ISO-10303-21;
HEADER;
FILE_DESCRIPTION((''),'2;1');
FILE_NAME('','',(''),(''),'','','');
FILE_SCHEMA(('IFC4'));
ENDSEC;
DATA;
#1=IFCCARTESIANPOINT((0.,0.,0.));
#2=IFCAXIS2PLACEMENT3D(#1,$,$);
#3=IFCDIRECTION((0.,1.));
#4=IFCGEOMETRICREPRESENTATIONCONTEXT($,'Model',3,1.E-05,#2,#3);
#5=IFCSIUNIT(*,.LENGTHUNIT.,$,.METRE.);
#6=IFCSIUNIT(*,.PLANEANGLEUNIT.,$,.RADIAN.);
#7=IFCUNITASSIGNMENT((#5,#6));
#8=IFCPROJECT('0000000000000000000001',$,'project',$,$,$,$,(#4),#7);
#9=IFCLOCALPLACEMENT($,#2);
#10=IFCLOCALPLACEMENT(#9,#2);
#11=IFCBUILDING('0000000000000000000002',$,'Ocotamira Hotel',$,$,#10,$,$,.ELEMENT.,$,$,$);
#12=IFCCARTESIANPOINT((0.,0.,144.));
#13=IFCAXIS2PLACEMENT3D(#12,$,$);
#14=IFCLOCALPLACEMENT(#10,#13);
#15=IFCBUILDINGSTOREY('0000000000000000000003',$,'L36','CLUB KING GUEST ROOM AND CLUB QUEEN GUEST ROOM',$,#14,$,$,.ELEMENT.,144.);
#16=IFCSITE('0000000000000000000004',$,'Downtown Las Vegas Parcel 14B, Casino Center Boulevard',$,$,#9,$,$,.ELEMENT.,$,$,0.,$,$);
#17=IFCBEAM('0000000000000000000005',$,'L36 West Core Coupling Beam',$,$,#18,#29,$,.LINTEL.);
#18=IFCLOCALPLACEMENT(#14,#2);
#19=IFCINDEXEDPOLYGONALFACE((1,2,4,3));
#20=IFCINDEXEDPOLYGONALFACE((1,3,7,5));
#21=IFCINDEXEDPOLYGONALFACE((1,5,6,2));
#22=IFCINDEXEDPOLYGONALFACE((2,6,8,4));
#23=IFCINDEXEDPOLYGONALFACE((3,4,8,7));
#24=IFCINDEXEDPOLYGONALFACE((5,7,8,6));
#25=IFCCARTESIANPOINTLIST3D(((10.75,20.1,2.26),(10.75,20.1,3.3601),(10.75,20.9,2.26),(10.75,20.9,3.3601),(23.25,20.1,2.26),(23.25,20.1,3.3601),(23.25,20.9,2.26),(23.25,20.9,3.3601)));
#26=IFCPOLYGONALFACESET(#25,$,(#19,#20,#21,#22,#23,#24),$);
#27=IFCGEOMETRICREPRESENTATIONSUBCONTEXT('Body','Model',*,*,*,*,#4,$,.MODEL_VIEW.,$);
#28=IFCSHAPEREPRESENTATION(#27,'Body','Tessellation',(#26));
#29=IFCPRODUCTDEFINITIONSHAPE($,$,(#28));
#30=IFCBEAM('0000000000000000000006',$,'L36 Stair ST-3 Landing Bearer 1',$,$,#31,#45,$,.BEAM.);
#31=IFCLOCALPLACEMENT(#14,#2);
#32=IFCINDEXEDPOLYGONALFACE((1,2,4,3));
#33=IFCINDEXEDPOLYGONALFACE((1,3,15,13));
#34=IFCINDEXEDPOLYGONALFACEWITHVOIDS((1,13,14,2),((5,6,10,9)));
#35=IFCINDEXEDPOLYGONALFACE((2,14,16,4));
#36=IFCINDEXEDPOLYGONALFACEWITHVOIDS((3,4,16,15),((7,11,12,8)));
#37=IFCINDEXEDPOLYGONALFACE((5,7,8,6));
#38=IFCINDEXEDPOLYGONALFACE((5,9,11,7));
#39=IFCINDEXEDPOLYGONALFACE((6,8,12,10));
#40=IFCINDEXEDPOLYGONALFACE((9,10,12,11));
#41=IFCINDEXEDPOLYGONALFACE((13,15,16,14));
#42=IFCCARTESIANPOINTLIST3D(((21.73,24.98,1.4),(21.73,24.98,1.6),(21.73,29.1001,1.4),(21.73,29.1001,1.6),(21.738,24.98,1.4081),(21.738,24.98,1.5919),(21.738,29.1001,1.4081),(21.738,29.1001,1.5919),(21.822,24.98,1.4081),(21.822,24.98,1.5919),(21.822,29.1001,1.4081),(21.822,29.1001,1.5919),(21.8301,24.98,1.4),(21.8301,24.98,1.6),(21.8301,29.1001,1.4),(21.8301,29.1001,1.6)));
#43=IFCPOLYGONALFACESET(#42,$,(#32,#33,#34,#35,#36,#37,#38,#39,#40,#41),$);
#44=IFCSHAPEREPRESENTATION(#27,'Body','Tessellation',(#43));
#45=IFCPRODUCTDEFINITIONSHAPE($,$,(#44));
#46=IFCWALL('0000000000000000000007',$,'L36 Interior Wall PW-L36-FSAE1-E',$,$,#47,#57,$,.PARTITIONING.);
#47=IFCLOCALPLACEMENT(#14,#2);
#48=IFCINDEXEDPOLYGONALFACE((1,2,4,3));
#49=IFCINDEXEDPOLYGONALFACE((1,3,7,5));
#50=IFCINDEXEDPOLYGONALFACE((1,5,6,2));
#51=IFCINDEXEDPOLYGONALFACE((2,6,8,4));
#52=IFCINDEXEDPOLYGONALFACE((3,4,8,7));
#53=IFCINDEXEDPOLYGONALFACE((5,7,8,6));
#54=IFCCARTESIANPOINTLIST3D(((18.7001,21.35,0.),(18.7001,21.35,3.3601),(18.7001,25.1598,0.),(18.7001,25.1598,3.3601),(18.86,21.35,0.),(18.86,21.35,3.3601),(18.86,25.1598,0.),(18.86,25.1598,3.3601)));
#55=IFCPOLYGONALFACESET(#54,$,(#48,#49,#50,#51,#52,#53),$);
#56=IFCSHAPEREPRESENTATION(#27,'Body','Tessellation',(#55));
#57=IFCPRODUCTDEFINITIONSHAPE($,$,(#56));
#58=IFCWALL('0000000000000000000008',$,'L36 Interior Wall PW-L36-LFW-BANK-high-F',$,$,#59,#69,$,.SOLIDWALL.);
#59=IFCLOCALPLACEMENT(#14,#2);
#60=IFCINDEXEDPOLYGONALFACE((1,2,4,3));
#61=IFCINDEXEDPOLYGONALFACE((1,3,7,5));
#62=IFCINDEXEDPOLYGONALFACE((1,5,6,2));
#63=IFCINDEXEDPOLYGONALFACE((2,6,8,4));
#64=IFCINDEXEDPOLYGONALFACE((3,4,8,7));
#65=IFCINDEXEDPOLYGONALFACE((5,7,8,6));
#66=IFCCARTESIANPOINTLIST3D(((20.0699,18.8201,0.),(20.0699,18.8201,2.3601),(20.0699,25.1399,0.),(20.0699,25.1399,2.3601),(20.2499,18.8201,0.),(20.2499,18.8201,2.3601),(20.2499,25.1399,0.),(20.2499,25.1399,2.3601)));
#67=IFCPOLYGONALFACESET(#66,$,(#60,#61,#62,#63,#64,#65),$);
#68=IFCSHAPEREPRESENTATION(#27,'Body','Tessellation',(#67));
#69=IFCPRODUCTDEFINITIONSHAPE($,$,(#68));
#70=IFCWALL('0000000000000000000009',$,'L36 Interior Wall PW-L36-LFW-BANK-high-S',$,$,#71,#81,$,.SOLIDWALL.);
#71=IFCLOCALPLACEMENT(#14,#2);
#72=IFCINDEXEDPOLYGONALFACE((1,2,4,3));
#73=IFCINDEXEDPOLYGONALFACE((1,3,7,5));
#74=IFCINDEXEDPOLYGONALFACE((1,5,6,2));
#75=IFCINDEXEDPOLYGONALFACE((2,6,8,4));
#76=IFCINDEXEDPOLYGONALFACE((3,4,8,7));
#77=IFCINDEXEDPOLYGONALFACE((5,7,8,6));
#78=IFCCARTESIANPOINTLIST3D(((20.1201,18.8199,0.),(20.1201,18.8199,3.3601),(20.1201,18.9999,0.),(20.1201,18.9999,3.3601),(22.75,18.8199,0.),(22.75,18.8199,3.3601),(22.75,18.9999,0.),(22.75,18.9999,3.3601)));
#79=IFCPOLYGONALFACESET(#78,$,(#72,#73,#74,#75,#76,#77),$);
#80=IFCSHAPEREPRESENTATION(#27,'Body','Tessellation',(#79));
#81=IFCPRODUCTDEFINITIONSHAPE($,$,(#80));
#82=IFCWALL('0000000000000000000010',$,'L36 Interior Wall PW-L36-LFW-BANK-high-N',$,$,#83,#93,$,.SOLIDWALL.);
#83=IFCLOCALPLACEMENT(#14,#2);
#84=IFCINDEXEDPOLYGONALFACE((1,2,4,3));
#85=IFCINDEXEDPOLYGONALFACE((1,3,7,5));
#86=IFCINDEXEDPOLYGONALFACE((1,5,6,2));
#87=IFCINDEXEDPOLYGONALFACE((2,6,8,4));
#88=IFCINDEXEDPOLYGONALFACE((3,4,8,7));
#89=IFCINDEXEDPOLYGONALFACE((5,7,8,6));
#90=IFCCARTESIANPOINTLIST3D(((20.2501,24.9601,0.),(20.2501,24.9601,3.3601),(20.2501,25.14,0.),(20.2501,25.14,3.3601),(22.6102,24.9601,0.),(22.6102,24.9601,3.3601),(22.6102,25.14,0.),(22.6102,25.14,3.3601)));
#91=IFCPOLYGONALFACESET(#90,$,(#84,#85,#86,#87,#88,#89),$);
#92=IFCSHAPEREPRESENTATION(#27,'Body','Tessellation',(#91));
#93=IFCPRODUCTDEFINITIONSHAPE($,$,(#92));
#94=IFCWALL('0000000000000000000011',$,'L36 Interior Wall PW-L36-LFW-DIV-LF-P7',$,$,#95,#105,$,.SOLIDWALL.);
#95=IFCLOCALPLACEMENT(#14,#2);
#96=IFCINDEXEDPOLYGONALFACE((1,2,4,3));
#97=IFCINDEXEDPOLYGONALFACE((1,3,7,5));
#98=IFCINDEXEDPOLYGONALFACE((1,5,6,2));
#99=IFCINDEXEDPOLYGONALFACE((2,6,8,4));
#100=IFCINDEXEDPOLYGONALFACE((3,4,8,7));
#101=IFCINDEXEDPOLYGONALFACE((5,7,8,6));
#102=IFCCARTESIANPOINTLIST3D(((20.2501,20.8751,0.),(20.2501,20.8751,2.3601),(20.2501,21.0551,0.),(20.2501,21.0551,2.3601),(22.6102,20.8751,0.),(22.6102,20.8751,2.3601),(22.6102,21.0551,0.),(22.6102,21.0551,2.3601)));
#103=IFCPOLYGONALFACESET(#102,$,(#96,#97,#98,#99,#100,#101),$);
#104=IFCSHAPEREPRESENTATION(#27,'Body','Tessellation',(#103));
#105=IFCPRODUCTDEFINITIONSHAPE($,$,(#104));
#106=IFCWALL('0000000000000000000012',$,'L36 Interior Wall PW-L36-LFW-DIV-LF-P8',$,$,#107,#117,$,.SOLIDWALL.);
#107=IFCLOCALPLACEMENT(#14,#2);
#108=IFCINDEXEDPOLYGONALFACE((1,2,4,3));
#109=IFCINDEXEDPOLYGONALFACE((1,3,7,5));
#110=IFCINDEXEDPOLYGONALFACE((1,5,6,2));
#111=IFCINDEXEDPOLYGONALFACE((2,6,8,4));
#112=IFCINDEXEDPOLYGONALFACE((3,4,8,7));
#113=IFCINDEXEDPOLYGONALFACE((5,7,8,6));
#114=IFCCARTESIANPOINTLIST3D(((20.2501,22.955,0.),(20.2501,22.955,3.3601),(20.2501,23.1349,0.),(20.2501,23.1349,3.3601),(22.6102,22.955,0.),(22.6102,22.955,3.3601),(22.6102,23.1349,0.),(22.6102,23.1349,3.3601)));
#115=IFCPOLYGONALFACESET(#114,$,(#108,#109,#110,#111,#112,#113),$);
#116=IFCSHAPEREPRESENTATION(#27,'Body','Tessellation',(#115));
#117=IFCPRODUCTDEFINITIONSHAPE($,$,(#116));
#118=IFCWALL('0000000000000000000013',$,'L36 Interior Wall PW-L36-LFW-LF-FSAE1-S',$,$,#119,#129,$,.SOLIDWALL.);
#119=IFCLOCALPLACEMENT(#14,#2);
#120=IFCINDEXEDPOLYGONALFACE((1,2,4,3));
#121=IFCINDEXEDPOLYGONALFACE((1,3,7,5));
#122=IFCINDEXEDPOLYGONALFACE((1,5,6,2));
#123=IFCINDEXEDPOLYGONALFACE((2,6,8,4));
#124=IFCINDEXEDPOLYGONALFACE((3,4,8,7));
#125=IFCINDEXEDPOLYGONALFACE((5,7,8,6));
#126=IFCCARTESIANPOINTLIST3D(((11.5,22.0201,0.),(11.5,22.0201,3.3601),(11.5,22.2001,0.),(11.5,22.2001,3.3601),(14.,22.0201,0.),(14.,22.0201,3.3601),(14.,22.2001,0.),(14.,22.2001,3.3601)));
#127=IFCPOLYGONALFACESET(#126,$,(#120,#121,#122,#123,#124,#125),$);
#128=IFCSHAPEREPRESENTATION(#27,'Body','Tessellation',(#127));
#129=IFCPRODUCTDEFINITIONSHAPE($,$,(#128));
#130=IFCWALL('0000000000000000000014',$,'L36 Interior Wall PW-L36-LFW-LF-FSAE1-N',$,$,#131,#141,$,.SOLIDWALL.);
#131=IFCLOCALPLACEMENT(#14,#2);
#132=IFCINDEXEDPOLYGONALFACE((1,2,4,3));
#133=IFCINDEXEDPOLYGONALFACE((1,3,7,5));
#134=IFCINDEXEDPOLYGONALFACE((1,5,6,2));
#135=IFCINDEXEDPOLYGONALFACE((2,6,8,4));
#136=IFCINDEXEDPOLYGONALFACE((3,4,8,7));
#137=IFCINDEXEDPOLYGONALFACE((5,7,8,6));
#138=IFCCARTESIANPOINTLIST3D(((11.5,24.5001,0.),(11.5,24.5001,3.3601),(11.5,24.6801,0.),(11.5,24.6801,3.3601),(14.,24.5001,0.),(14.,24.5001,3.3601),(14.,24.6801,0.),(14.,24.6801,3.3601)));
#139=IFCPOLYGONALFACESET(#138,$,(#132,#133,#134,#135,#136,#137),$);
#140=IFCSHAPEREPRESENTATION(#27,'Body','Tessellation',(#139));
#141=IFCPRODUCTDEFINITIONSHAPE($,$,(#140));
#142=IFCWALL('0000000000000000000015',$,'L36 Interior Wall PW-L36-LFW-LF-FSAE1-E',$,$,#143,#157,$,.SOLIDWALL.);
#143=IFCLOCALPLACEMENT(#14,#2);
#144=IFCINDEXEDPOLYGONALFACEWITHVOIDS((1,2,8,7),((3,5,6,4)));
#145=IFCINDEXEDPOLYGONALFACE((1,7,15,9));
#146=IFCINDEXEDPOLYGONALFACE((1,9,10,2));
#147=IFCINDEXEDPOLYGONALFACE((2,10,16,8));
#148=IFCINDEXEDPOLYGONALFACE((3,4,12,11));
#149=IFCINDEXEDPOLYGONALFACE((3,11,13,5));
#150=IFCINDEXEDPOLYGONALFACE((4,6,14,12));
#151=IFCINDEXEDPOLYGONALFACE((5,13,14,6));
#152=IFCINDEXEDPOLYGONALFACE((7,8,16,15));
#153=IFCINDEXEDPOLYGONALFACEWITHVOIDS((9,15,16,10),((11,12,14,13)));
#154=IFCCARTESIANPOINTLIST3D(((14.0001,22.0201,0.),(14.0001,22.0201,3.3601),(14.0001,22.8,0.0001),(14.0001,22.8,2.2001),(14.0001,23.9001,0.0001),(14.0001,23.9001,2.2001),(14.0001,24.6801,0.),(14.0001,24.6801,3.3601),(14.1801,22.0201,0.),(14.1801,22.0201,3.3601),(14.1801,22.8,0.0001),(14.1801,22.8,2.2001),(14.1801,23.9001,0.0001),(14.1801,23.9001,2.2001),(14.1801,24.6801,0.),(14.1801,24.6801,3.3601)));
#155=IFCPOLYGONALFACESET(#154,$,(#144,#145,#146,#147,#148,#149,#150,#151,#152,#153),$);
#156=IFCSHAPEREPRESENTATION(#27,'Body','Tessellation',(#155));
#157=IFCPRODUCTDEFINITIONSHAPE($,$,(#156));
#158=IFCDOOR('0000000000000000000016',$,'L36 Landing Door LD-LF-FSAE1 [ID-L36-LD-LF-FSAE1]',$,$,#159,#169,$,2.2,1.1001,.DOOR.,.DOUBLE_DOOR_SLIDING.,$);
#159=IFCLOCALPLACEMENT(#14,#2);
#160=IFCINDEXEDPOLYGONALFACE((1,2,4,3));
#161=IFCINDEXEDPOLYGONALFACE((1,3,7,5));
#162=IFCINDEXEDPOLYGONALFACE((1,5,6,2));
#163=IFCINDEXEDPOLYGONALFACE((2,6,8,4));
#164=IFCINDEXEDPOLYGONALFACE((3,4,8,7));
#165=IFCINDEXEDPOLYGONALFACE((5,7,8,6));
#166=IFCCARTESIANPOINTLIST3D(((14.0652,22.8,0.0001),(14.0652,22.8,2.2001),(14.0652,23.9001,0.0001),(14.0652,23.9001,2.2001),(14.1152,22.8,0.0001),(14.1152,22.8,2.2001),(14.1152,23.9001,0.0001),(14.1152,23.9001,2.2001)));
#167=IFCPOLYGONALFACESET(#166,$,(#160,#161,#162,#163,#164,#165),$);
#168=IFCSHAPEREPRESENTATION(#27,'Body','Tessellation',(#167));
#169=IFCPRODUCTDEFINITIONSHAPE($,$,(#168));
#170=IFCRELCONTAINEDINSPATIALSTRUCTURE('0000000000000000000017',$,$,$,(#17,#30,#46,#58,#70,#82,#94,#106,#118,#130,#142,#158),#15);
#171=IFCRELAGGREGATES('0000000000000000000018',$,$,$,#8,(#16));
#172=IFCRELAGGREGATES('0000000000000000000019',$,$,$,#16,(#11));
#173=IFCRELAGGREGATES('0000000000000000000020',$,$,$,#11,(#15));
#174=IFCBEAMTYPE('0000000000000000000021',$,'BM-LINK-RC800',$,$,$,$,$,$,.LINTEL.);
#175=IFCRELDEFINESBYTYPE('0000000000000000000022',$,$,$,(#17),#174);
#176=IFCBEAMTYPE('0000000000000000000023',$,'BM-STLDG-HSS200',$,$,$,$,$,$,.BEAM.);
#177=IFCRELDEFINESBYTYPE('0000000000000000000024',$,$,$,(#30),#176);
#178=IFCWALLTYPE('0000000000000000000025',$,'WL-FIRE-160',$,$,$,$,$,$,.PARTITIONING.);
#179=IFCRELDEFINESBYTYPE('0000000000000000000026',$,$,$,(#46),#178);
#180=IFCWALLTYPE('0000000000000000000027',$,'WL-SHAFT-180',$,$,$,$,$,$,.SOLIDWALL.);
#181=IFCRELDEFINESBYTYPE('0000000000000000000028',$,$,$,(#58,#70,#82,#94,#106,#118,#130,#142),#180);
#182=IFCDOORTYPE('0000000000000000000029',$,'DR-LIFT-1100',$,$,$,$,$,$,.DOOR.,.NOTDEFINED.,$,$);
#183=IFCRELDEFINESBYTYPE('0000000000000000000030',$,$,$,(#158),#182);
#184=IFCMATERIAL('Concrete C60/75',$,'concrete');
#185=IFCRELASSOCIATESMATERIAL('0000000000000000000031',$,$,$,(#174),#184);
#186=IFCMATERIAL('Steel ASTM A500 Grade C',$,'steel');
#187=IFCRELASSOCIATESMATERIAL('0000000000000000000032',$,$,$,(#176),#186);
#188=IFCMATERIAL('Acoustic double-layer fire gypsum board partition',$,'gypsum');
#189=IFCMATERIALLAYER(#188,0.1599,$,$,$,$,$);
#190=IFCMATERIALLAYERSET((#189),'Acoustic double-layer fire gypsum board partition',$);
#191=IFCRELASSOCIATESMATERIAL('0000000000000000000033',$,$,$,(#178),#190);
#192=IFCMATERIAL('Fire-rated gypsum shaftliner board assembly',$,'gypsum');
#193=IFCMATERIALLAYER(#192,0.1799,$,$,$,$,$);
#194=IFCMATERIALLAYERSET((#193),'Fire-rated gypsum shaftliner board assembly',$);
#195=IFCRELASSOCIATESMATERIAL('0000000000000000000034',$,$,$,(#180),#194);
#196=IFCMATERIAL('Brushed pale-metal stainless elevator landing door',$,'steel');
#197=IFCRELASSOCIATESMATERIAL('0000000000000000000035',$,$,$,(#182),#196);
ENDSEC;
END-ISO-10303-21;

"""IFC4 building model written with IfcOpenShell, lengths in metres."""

from ifc_helpers import new_model, si_unit, direction, frame, frame_2d, origin, origin_2d, place, context, subcontext, project, spatial, rectangle, hollow_rectangle, extrude, source, transform, mapped, material, layer, layer_set, material_profile, profile_set, type_object, element, fill, save


model = new_model("IFC4")

# Units and contexts
model_context = context("Model", 3, precision=1e-05, world=origin(), true_north=direction((0.0, 1.0)))
body_context = subcontext(model_context, "Body", "Model", "MODEL_VIEW")
ifc_project = project(units=[si_unit("LENGTHUNIT", "METRE"), si_unit("PLANEANGLEUNIT", "RADIAN")], contexts=[model_context])

# Site, building, storey
site_placement = place(None, origin())
site = spatial("IfcSite", under=ifc_project, at=site_placement, Name="Downtown Las Vegas Parcel 14B, Casino Center Boulevard", CompositionType="ELEMENT", RefElevation=0.0)
building_placement = place(site_placement, origin())
building = spatial("IfcBuilding", under=site, at=building_placement, Name="Ocotamira Hotel", CompositionType="ELEMENT")
storey_placement = place(building_placement, frame((0.0, 0.0, 144.0)))
storey = spatial("IfcBuildingStorey", under=building, at=storey_placement, Name="L36", Description="CLUB KING GUEST ROOM AND CLUB QUEEN GUEST ROOM", CompositionType="ELEMENT", Elevation=144.0)

# Beams
ifc_material_1 = material(Name="Concrete C60/75", Category="concrete")
ifc_material_profile_1 = material_profile(ifc_material_1, rectangle(XDim=0.8, YDim=1.1001, at=origin_2d()), Name="RC800X1100")
ifc_profile_set_1 = profile_set([ifc_material_profile_1], Name="Concrete C60/75")
beam_type_1 = type_object("IfcBeamType", Name="BM-LINK-RC800", PredefinedType="LINTEL", material=ifc_profile_set_1)
shared_shape_1 = source(origin(), body_context, "Body", "SweptSolid", [
    extrude(rectangle(XDim=0.8, YDim=1.1001, at=origin_2d()), origin(), (0.0, 0.0, 1.0), 12.5),
])
beam_1_placement = place(storey_placement, frame((10.75, 20.5, 2.8101), z_axis=(1.0, 0.0, 0.0), x_axis=(0.0, 1.0, 0.0)))
element("IfcBeam", 1, at=beam_1_placement, inside=storey, type_object=beam_type_1, Name="L36 West Core Coupling Beam", PredefinedType="LINTEL", context=body_context, shape_type="MappedRepresentation", body=[
    mapped(shared_shape_1, transform((0.0, 0.0, 0.0), scale=1.0)),
])
ifc_material_2 = material(Name="Steel ASTM A500 Grade C", Category="steel")
ifc_material_profile_2 = material_profile(ifc_material_2, hollow_rectangle(XDim=0.1001, YDim=0.2, WallThickness=0.0081, at=origin_2d()), Name="HSS200X100X8")
ifc_profile_set_2 = profile_set([ifc_material_profile_2], Name="Steel ASTM A500 Grade C")
beam_type_2 = type_object("IfcBeamType", Name="BM-STLDG-HSS200", PredefinedType="BEAM", material=ifc_profile_set_2)
shared_shape_2 = source(origin(), body_context, "Body", "SweptSolid", [
    extrude(hollow_rectangle(XDim=0.1001, YDim=0.2, WallThickness=0.0081, at=origin_2d()), origin(), (0.0, 0.0, 1.0), 4.1201),
])
beam_2_placement = place(storey_placement, frame((21.78, 24.98, 1.5), z_axis=(0.0, 1.0, 0.0), x_axis=(-1.0, 0.0, 0.0)))
element("IfcBeam", 2, at=beam_2_placement, inside=storey, type_object=beam_type_2, Name="L36 Stair ST-3 Landing Bearer 1", PredefinedType="BEAM", context=body_context, shape_type="MappedRepresentation", body=[
    mapped(shared_shape_2, transform((0.0, 0.0, 0.0), scale=1.0)),
])

# Shared definitions
ifc_material_3 = material(Name="Acoustic double-layer fire gypsum board partition", Category="gypsum")
ifc_layer_1 = layer(ifc_material_3, 0.1599)
ifc_layer_set_1 = layer_set([ifc_layer_1], Name="Acoustic double-layer fire gypsum board partition")
wall_type_1 = type_object("IfcWallType", Name="WL-FIRE-160", PredefinedType="PARTITIONING", material=ifc_layer_set_1)

# Walls
wall_1_placement = place(storey_placement, frame((18.78, 21.3501, 0.0), z_axis=(0.0, 0.0, 1.0), x_axis=(0.0, 1.0, 0.0)))
element("IfcWall", 3, at=wall_1_placement, inside=storey, type_object=wall_type_1, Name="L36 Interior Wall PW-L36-FSAE1-E", PredefinedType="PARTITIONING", context=body_context, shape_type="SweptSolid", body=[
    extrude(rectangle(XDim=3.8098, YDim=0.1599, at=frame_2d((1.9048, 0.0))), origin(), (0.0, 0.0, 1.0), 3.3601),
])
ifc_material_4 = material(Name="Fire-rated gypsum shaftliner board assembly", Category="gypsum")
ifc_layer_2 = layer(ifc_material_4, 0.1799)
ifc_layer_set_2 = layer_set([ifc_layer_2], Name="Fire-rated gypsum shaftliner board assembly")
wall_type_2 = type_object("IfcWallType", Name="WL-SHAFT-180", PredefinedType="SOLIDWALL", material=ifc_layer_set_2)
wall_2_placement = place(storey_placement, frame((20.1599, 18.8201, 0.0), z_axis=(0.0, 0.0, 1.0), x_axis=(0.0, 1.0, 0.0)))
element("IfcWall", 4, at=wall_2_placement, inside=storey, type_object=wall_type_2, Name="L36 Interior Wall PW-L36-LFW-BANK-high-F", PredefinedType="SOLIDWALL", context=body_context, shape_type="SweptSolid", body=[
    extrude(rectangle(XDim=6.3198, YDim=0.1799, at=frame_2d((3.1599, 0.0))), origin(), (0.0, 0.0, 1.0), 2.3601),
])
wall_3_placement = place(storey_placement, frame((20.1201, 18.9099, 0.0), z_axis=(0.0, 0.0, 1.0), x_axis=(1.0, 0.0, 0.0)))
element("IfcWall", 5, at=wall_3_placement, inside=storey, type_object=wall_type_2, Name="L36 Interior Wall PW-L36-LFW-BANK-high-S", PredefinedType="SOLIDWALL", context=body_context, shape_type="SweptSolid", body=[
    extrude(rectangle(XDim=2.6299, YDim=0.1799, at=frame_2d((1.3149, 0.0))), origin(), (0.0, 0.0, 1.0), 3.3601),
])
wall_4_placement = place(storey_placement, frame((20.25, 25.05, 0.0), z_axis=(0.0, 0.0, 1.0), x_axis=(1.0, 0.0, 0.0)))
element("IfcWall", 6, at=wall_4_placement, inside=storey, type_object=wall_type_2, Name="L36 Interior Wall PW-L36-LFW-BANK-high-N", PredefinedType="SOLIDWALL", context=body_context, shape_type="SweptSolid", body=[
    extrude(rectangle(XDim=2.3601, YDim=0.1799, at=frame_2d((1.1802, 0.0))), origin(), (0.0, 0.0, 1.0), 3.3601),
])
wall_5_placement = place(storey_placement, frame((20.25, 20.9651, 0.0), z_axis=(0.0, 0.0, 1.0), x_axis=(1.0, 0.0, 0.0)))
element("IfcWall", 7, at=wall_5_placement, inside=storey, type_object=wall_type_2, Name="L36 Interior Wall PW-L36-LFW-DIV-LF-P7", PredefinedType="SOLIDWALL", context=body_context, shape_type="SweptSolid", body=[
    extrude(rectangle(XDim=2.3601, YDim=0.1799, at=frame_2d((1.1802, 0.0))), origin(), (0.0, 0.0, 1.0), 2.3601),
])
wall_6_placement = place(storey_placement, frame((20.25, 23.0449, 0.0), z_axis=(0.0, 0.0, 1.0), x_axis=(1.0, 0.0, 0.0)))
element("IfcWall", 8, at=wall_6_placement, inside=storey, type_object=wall_type_2, Name="L36 Interior Wall PW-L36-LFW-DIV-LF-P8", PredefinedType="SOLIDWALL", context=body_context, shape_type="SweptSolid", body=[
    extrude(rectangle(XDim=2.3601, YDim=0.1799, at=frame_2d((1.1802, 0.0))), origin(), (0.0, 0.0, 1.0), 3.3601),
])
for number, where, z_axis, x_axis, name in (
    (9, (11.5, 22.1101, 0.0), (0.0, 0.0, 1.0), (1.0, 0.0, 0.0), "L36 Interior Wall PW-L36-LFW-LF-FSAE1-S"),
    (10, (11.5, 24.5901, 0.0), (0.0, 0.0, 1.0), (1.0, 0.0, 0.0), "L36 Interior Wall PW-L36-LFW-LF-FSAE1-N"),
):
    element("IfcWall", number, at=place(storey_placement, frame(where, z_axis=z_axis, x_axis=x_axis)), inside=storey, type_object=wall_type_2, Name=name, PredefinedType="SOLIDWALL", context=body_context, shape_type="SweptSolid", body=[
        extrude(rectangle(XDim=2.5, YDim=0.1799, at=frame_2d((1.25, 0.0))), origin(), (0.0, 0.0, 1.0), 3.3601),
    ])

# Wall, opening, door
wall_7_placement = place(storey_placement, frame((14.0901, 22.02, 0.0), z_axis=(0.0, 0.0, 1.0), x_axis=(0.0, 1.0, 0.0)))
wall_7 = element("IfcWall", 11, at=wall_7_placement, inside=storey, type_object=wall_type_2, Name="L36 Interior Wall PW-L36-LFW-LF-FSAE1-E", PredefinedType="SOLIDWALL", context=body_context, shape_type="SweptSolid", body=[
    extrude(rectangle(XDim=2.6599, YDim=0.1799, at=frame_2d((1.3301, 0.0))), origin(), (0.0, 0.0, 1.0), 3.3601),
])
opening_1_placement = place(wall_7_placement, frame((0.78, 0.0, 0.0)))
opening_1 = element("IfcOpeningElement", 12, at=opening_1_placement, cuts=wall_7, PredefinedType="OPENING", context=body_context, shape_type="SweptSolid", body=[
    extrude(rectangle(XDim=1.1001, YDim=2.2, at=frame_2d((0.55, 1.1001))), frame((0.0, 0.1001, 0.0), z_axis=(0.0, -1.0, 0.0), x_axis=(1.0, 0.0, 0.0)), (0.0, 0.0, 1.0), 0.2),
])
ifc_material_5 = material(Name="Brushed pale-metal stainless elevator landing door", Category="steel")
door_type_1 = type_object("IfcDoorType", Name="DR-LIFT-1100", OperationType="NOTDEFINED", PredefinedType="DOOR", material=ifc_material_5)
shared_shape_3 = source(origin(), body_context, "Body", "SweptSolid", [
    extrude(rectangle(XDim=1.1001, YDim=2.2, at=frame_2d((0.55, 1.1001))), frame((0.0, 0.0249, 0.0), z_axis=(0.0, -1.0, 0.0), x_axis=(1.0, 0.0, 0.0)), (0.0, 0.0, 1.0), 0.05),
])
door_1_placement = place(opening_1_placement, origin())
door_1 = element("IfcDoor", 13, at=door_1_placement, inside=storey, type_object=door_type_1, Name="L36 Landing Door LD-LF-FSAE1 [ID-L36-LD-LF-FSAE1]", OperationType="DOUBLE_DOOR_SLIDING", OverallHeight=2.2, OverallWidth=1.1001, PredefinedType="DOOR", context=body_context, shape_type="MappedRepresentation", body=[
    mapped(shared_shape_3, transform((0.0, 0.0, 0.0), scale=1.0)),
])
fill(opening_1, door_1)

save(model, "model.ifc")
